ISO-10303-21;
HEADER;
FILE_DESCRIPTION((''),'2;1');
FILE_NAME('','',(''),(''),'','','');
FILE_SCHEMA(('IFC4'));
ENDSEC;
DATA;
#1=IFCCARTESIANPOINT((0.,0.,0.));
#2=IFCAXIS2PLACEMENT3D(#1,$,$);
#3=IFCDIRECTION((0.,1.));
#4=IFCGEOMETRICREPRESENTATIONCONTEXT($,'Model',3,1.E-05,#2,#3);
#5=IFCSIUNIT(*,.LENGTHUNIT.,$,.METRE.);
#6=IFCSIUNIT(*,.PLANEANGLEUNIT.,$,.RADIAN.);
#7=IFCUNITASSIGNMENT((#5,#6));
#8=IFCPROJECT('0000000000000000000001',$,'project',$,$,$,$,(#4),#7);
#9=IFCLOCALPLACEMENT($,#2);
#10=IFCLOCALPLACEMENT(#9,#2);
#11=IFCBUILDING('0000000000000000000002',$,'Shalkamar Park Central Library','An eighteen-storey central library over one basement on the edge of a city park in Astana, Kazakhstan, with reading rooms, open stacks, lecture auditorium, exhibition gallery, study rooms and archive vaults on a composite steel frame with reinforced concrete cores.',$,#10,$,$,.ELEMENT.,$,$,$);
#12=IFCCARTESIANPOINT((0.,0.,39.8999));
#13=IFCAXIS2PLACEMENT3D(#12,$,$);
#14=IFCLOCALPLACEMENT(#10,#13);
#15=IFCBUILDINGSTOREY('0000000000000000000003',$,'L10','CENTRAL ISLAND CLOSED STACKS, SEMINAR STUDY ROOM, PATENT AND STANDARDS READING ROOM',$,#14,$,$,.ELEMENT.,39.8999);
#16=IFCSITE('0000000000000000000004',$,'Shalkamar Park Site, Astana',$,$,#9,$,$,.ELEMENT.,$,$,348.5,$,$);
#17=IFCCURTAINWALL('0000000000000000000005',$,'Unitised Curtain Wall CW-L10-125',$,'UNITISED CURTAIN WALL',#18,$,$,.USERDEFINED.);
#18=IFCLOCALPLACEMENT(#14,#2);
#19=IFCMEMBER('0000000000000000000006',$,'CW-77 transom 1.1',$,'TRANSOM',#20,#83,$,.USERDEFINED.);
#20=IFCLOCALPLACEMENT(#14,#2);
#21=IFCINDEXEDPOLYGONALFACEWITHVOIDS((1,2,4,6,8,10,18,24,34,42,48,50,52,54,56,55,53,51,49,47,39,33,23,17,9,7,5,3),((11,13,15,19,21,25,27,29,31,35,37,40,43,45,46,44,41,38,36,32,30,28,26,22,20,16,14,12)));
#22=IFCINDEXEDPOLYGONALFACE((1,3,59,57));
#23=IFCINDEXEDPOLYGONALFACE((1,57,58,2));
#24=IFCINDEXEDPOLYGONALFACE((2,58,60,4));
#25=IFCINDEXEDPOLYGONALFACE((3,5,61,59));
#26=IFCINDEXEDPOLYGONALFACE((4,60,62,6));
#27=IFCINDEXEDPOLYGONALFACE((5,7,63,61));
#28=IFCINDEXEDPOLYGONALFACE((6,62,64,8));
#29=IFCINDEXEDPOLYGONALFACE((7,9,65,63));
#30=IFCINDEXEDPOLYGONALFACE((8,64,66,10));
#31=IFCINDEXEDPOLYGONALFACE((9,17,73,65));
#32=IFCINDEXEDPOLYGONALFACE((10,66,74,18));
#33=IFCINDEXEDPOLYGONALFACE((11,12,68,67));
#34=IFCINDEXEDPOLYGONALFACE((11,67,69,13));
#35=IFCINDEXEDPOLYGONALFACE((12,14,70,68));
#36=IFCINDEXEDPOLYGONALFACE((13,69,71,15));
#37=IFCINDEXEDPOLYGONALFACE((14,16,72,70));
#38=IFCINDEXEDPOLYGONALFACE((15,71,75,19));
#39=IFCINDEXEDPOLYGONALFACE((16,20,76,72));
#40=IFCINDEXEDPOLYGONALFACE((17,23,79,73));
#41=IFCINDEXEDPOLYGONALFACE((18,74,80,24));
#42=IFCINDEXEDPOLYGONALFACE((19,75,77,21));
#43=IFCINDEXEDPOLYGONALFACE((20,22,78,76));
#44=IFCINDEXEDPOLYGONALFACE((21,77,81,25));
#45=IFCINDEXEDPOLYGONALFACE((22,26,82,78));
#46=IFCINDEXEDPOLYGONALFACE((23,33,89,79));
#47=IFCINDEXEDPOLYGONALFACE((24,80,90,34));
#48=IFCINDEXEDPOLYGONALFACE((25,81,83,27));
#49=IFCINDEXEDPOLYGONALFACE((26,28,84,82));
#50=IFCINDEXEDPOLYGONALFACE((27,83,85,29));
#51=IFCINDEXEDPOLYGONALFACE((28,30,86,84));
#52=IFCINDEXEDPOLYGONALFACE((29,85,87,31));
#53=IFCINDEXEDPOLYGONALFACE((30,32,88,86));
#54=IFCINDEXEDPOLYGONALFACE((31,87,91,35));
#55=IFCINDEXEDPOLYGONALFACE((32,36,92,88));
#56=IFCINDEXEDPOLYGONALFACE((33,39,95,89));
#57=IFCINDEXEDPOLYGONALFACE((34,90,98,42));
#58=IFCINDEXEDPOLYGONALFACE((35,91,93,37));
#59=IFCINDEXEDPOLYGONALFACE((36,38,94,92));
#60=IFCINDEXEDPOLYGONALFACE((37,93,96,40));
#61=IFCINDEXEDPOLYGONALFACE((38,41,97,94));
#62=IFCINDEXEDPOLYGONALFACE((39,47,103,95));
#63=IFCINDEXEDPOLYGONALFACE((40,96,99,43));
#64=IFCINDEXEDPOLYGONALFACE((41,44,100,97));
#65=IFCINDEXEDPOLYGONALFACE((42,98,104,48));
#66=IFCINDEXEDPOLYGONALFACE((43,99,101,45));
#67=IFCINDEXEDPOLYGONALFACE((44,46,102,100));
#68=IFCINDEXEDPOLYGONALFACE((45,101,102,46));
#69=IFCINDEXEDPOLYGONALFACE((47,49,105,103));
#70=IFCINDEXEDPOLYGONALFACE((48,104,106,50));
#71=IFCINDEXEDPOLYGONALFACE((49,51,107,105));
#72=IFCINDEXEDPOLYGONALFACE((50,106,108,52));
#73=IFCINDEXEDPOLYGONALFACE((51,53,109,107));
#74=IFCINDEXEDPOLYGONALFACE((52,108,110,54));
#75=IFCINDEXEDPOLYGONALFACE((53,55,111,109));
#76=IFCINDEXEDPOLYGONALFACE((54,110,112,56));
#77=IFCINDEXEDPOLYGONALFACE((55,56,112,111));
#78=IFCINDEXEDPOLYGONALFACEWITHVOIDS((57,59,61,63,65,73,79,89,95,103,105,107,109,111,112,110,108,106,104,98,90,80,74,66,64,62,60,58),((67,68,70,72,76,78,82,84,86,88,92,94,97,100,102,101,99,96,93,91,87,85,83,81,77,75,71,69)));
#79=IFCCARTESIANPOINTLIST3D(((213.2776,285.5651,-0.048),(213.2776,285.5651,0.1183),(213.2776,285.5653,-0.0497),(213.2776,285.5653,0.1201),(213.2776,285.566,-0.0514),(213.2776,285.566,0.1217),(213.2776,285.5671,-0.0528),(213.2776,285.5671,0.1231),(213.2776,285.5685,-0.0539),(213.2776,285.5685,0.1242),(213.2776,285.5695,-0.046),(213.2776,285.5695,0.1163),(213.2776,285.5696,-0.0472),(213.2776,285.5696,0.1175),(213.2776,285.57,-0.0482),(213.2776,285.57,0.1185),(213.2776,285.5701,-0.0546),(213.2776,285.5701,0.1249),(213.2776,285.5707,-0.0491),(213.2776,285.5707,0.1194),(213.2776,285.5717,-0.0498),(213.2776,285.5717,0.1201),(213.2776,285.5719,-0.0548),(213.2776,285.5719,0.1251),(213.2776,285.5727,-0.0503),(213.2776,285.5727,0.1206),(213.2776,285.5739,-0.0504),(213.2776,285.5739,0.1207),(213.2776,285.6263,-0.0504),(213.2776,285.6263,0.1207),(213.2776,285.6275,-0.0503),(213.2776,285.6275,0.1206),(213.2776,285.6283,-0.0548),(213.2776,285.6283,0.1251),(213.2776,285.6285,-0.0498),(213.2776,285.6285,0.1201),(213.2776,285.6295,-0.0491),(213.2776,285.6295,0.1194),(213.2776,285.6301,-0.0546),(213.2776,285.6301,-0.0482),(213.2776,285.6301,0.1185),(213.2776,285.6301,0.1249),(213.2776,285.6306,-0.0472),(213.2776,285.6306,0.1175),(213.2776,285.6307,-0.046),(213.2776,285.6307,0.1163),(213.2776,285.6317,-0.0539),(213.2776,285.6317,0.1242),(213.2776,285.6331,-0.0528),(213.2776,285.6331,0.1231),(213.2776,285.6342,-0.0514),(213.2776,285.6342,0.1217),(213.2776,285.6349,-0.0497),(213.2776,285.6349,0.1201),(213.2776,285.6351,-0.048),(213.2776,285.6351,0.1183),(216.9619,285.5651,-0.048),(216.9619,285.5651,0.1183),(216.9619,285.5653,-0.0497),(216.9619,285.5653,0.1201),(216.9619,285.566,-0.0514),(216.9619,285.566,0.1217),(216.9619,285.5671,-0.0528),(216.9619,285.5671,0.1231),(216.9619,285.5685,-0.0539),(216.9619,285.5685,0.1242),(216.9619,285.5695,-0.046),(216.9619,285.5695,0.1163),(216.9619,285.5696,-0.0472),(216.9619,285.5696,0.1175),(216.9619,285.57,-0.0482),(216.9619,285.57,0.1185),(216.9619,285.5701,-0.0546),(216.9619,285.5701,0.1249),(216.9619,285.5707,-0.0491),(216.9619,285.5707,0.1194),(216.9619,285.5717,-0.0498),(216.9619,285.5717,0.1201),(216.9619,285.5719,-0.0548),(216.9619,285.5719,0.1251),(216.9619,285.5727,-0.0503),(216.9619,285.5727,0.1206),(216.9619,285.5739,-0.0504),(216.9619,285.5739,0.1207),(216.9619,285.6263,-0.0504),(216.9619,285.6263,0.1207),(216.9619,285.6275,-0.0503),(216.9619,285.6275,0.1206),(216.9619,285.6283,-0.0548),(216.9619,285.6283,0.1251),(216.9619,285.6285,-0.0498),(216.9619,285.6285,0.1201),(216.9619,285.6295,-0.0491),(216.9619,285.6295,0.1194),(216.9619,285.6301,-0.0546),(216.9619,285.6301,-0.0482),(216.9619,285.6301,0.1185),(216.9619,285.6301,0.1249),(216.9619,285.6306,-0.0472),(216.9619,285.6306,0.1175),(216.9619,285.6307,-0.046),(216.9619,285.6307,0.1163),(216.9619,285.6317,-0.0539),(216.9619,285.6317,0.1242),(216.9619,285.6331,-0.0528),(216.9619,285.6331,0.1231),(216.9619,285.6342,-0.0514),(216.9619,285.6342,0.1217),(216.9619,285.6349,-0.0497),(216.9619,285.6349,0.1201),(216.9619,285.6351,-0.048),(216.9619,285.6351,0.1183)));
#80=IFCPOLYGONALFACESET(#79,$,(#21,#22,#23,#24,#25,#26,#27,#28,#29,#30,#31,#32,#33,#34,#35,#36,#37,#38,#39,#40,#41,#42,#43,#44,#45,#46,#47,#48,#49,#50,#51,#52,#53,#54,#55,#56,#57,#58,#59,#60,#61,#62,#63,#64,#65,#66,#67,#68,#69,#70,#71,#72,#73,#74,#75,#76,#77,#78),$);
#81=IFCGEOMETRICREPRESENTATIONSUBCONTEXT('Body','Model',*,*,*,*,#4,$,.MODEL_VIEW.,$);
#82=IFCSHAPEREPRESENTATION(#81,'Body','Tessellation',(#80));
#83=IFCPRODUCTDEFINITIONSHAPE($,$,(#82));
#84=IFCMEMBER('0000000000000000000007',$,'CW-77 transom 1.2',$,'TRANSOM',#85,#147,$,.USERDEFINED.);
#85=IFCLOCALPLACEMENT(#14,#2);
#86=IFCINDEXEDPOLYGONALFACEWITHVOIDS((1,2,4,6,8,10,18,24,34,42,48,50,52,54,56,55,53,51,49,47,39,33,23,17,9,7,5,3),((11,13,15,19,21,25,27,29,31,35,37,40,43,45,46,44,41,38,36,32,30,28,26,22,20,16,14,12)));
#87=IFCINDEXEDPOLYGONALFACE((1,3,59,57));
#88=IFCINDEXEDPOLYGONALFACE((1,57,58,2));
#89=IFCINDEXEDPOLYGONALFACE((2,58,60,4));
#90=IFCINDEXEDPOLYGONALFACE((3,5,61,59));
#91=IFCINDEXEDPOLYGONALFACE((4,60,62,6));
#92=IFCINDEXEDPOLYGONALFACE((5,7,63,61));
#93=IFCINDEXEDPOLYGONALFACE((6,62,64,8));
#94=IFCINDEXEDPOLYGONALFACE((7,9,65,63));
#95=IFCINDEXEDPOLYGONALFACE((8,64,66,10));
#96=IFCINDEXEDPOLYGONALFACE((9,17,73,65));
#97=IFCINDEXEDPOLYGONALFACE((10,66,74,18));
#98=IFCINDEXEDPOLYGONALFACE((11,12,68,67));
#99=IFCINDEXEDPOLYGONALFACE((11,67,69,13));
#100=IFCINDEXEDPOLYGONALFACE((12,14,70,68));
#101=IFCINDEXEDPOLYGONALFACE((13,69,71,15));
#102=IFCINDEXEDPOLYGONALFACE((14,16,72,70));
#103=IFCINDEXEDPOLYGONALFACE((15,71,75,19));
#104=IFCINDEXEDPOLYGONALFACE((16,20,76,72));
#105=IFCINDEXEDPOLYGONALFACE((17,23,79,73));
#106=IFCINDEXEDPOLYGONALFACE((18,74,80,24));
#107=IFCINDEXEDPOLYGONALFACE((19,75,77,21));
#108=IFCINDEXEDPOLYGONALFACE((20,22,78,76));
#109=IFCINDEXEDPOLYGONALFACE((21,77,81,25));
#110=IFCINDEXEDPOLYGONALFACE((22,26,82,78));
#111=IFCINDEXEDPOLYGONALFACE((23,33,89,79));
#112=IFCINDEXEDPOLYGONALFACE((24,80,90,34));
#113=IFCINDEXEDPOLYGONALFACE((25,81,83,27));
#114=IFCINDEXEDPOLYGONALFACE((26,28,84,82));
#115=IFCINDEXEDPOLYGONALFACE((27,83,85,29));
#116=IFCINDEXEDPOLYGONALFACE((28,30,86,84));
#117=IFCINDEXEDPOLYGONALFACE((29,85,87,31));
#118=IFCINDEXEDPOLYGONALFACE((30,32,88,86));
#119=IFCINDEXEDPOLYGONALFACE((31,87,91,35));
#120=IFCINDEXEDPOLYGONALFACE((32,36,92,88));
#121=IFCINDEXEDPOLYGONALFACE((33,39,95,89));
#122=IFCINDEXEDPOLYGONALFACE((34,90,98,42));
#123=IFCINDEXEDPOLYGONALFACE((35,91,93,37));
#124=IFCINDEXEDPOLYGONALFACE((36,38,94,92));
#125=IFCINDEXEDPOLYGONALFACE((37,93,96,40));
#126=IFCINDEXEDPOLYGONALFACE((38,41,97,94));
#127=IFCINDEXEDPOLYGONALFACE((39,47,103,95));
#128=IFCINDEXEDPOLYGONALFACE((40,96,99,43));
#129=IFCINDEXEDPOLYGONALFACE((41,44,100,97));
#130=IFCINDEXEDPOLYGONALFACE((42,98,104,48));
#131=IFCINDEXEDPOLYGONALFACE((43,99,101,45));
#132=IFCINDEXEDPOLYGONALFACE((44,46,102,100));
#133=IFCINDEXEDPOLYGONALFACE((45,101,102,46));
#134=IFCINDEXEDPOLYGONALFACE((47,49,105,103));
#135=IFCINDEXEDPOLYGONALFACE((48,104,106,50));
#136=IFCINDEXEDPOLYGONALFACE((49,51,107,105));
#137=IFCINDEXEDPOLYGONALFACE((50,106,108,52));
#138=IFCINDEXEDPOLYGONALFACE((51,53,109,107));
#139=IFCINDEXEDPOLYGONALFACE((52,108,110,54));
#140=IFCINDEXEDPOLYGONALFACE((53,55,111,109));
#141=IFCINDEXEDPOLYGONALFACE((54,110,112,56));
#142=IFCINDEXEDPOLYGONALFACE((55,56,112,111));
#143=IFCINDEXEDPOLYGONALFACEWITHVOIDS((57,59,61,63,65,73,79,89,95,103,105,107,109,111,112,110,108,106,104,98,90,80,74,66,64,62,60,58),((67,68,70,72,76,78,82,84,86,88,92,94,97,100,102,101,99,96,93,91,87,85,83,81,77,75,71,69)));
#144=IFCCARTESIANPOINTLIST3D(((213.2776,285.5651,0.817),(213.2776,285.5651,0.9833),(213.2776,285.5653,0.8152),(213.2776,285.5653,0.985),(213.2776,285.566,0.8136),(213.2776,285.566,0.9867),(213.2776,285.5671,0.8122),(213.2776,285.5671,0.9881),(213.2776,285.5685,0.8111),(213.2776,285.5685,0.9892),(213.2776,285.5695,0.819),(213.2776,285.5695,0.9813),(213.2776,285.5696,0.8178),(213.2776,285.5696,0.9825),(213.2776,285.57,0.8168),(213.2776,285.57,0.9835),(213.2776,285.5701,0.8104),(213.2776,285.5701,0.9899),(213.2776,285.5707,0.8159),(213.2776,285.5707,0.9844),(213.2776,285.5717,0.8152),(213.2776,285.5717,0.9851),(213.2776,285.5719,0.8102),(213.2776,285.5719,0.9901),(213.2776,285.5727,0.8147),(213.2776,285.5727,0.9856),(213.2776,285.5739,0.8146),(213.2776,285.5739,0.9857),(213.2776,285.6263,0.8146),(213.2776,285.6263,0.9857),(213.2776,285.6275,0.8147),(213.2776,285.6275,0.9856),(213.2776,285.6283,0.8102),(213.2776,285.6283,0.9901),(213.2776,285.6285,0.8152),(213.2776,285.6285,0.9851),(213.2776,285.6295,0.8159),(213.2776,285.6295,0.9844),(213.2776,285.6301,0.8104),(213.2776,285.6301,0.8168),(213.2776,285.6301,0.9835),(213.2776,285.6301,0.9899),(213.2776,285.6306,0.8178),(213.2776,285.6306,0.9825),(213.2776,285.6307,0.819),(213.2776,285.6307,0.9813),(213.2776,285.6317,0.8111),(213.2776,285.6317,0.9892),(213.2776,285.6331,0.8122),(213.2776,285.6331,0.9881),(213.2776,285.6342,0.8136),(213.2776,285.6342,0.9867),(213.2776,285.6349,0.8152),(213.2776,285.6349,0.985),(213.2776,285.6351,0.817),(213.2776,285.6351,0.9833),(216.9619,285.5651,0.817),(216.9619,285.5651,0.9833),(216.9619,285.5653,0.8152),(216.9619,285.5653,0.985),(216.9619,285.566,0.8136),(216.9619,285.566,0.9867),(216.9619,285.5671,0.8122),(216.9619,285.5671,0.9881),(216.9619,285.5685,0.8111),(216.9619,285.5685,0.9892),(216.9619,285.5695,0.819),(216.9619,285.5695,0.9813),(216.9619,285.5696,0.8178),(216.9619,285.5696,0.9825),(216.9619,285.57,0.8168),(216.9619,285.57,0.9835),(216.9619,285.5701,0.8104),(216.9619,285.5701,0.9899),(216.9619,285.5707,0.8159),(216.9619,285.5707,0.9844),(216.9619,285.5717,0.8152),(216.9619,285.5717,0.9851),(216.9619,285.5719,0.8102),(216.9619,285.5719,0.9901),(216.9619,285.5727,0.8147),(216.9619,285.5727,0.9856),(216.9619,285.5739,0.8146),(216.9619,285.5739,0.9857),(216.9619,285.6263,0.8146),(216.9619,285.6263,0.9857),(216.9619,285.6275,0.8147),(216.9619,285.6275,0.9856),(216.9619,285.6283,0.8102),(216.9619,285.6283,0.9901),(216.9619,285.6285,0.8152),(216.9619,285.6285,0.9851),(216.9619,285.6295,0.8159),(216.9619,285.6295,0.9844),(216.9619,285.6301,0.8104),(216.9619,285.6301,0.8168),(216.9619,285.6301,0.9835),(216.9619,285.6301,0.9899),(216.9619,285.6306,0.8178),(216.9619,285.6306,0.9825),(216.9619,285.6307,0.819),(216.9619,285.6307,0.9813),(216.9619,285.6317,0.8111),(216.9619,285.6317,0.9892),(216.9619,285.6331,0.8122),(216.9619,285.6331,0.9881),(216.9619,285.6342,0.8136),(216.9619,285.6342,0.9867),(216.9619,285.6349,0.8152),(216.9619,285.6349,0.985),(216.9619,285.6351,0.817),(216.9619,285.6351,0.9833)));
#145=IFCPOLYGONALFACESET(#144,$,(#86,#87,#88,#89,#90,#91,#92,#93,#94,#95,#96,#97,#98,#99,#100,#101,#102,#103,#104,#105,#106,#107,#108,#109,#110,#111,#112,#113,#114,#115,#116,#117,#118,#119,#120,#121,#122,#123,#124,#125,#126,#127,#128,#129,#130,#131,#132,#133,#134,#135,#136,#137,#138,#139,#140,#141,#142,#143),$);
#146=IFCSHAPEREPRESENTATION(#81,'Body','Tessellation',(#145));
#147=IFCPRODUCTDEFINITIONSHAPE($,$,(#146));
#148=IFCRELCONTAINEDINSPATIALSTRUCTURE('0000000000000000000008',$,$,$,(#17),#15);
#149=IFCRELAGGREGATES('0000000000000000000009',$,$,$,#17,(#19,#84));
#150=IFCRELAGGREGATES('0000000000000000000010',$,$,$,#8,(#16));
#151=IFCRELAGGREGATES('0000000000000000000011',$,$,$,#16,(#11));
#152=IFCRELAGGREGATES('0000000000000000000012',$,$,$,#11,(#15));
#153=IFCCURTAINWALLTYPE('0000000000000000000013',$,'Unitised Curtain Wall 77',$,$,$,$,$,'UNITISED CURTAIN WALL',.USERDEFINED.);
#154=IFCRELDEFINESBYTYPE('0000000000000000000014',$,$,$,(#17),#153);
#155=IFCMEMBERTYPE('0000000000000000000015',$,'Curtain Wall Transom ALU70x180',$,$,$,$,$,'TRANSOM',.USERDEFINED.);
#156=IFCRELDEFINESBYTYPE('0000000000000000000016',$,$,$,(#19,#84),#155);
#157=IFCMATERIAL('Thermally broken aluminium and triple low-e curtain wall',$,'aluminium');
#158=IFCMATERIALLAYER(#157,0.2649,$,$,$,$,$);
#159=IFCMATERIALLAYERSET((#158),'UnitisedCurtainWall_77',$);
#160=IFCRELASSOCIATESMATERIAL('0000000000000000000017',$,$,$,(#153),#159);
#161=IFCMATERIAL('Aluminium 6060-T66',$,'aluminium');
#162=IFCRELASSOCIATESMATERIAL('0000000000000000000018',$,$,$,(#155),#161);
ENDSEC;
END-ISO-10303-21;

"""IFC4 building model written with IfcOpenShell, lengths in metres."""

from ifc_helpers import new_model, si_unit, direction, frame, origin, origin_2d, place, context, subcontext, project, spatial, hollow_rectangle, extrude, material, layer, layer_set, material_profile, profile_set, type_object, element, aggregate, save


model = new_model("IFC4")

# Units and contexts
model_context = context("Model", 3, precision=1e-05, world=origin(), true_north=direction((0.0, 1.0)))
body_context = subcontext(model_context, "Body", "Model", "MODEL_VIEW")
ifc_project = project(units=[si_unit("LENGTHUNIT", "METRE"), si_unit("PLANEANGLEUNIT", "RADIAN")], contexts=[model_context])

# Site, building, storey
site_placement = place(None, origin())
site = spatial("IfcSite", under=ifc_project, at=site_placement, Name="Shalkamar Park Site, Astana", CompositionType="ELEMENT", RefElevation=348.5)
building_placement = place(site_placement, origin())
building = spatial("IfcBuilding", under=site, at=building_placement, Name="Shalkamar Park Central Library", Description="An eighteen-storey central library over one basement on the edge of a city park in Astana, Kazakhstan, with reading rooms, open stacks, lecture auditorium, exhibition gallery, study rooms and archive vaults on a composite steel frame with reinforced concrete cores.", CompositionType="ELEMENT")
storey_placement = place(building_placement, frame((0.0, 0.0, 39.8999)))
storey = spatial("IfcBuildingStorey", under=building, at=storey_placement, Name="L10", Description="CENTRAL ISLAND CLOSED STACKS, SEMINAR STUDY ROOM, PATENT AND STANDARDS READING ROOM", CompositionType="ELEMENT", Elevation=39.8999)

# Shared definitions
ifc_material_1 = material(Name="Thermally broken aluminium and triple low-e curtain wall", Category="aluminium")
ifc_material_2 = material(Name="Aluminium 6060-T66", Category="aluminium")

# Curtain wall
ifc_layer_1 = layer(ifc_material_1, 0.2649)
ifc_layer_set_1 = layer_set([ifc_layer_1], Name="UnitisedCurtainWall_77")
curtain_wall_type_1 = type_object("IfcCurtainWallType", Name="Unitised Curtain Wall 77", ElementType="UNITISED CURTAIN WALL", PredefinedType="USERDEFINED", material=ifc_layer_set_1)
curtain_wall_1_placement = place(storey_placement, origin())
curtain_wall_1 = element("IfcCurtainWall", 1, at=curtain_wall_1_placement, inside=storey, type_object=curtain_wall_type_1, Name="Unitised Curtain Wall CW-L10-125", ObjectType="UNITISED CURTAIN WALL", PredefinedType="USERDEFINED")

# Members
ifc_material_profile_1 = material_profile(ifc_material_2, hollow_rectangle(XDim=0.0701, YDim=0.1799, WallThickness=0.0044, InnerFilletRadius=0.0044, OuterFilletRadius=0.0068, at=origin_2d()), Name="ALU 70x180x4.5")
ifc_profile_set_1 = profile_set([ifc_material_profile_1], Name="Aluminium 6060-T66")
member_type_1 = type_object("IfcMemberType", Name="Curtain Wall Transom ALU70x180", ElementType="TRANSOM", PredefinedType="USERDEFINED", material=ifc_profile_set_1)
member_1_placement = place(storey_placement, frame((213.2776, 285.6001, 0.0352), z_axis=(1.0, 0.0, 0.0), x_axis=(0.0, 1.0, 0.0)))
member_1 = element("IfcMember", 2, at=member_1_placement, type_object=member_type_1, Name="CW-77 transom 1.1", ObjectType="TRANSOM", PredefinedType="USERDEFINED", context=body_context, shape_type="SweptSolid", body=[
    extrude(hollow_rectangle(XDim=0.0701, YDim=0.1799, WallThickness=0.0044, InnerFilletRadius=0.0044, OuterFilletRadius=0.0068, at=origin_2d()), origin(), (0.0, 0.0, 1.0), 3.6843),
])
member_2_placement = place(storey_placement, frame((213.2776, 285.6001, 0.9001), z_axis=(1.0, 0.0, 0.0), x_axis=(0.0, 1.0, 0.0)))
member_2 = element("IfcMember", 3, at=member_2_placement, type_object=member_type_1, Name="CW-77 transom 1.2", ObjectType="TRANSOM", PredefinedType="USERDEFINED", context=body_context, shape_type="SweptSolid", body=[
    extrude(hollow_rectangle(XDim=0.0701, YDim=0.1799, WallThickness=0.0044, InnerFilletRadius=0.0044, OuterFilletRadius=0.0068, at=origin_2d()), origin(), (0.0, 0.0, 1.0), 3.6843),
])

aggregate(curtain_wall_1, [member_1, member_2])

save(model, "model.ifc")
